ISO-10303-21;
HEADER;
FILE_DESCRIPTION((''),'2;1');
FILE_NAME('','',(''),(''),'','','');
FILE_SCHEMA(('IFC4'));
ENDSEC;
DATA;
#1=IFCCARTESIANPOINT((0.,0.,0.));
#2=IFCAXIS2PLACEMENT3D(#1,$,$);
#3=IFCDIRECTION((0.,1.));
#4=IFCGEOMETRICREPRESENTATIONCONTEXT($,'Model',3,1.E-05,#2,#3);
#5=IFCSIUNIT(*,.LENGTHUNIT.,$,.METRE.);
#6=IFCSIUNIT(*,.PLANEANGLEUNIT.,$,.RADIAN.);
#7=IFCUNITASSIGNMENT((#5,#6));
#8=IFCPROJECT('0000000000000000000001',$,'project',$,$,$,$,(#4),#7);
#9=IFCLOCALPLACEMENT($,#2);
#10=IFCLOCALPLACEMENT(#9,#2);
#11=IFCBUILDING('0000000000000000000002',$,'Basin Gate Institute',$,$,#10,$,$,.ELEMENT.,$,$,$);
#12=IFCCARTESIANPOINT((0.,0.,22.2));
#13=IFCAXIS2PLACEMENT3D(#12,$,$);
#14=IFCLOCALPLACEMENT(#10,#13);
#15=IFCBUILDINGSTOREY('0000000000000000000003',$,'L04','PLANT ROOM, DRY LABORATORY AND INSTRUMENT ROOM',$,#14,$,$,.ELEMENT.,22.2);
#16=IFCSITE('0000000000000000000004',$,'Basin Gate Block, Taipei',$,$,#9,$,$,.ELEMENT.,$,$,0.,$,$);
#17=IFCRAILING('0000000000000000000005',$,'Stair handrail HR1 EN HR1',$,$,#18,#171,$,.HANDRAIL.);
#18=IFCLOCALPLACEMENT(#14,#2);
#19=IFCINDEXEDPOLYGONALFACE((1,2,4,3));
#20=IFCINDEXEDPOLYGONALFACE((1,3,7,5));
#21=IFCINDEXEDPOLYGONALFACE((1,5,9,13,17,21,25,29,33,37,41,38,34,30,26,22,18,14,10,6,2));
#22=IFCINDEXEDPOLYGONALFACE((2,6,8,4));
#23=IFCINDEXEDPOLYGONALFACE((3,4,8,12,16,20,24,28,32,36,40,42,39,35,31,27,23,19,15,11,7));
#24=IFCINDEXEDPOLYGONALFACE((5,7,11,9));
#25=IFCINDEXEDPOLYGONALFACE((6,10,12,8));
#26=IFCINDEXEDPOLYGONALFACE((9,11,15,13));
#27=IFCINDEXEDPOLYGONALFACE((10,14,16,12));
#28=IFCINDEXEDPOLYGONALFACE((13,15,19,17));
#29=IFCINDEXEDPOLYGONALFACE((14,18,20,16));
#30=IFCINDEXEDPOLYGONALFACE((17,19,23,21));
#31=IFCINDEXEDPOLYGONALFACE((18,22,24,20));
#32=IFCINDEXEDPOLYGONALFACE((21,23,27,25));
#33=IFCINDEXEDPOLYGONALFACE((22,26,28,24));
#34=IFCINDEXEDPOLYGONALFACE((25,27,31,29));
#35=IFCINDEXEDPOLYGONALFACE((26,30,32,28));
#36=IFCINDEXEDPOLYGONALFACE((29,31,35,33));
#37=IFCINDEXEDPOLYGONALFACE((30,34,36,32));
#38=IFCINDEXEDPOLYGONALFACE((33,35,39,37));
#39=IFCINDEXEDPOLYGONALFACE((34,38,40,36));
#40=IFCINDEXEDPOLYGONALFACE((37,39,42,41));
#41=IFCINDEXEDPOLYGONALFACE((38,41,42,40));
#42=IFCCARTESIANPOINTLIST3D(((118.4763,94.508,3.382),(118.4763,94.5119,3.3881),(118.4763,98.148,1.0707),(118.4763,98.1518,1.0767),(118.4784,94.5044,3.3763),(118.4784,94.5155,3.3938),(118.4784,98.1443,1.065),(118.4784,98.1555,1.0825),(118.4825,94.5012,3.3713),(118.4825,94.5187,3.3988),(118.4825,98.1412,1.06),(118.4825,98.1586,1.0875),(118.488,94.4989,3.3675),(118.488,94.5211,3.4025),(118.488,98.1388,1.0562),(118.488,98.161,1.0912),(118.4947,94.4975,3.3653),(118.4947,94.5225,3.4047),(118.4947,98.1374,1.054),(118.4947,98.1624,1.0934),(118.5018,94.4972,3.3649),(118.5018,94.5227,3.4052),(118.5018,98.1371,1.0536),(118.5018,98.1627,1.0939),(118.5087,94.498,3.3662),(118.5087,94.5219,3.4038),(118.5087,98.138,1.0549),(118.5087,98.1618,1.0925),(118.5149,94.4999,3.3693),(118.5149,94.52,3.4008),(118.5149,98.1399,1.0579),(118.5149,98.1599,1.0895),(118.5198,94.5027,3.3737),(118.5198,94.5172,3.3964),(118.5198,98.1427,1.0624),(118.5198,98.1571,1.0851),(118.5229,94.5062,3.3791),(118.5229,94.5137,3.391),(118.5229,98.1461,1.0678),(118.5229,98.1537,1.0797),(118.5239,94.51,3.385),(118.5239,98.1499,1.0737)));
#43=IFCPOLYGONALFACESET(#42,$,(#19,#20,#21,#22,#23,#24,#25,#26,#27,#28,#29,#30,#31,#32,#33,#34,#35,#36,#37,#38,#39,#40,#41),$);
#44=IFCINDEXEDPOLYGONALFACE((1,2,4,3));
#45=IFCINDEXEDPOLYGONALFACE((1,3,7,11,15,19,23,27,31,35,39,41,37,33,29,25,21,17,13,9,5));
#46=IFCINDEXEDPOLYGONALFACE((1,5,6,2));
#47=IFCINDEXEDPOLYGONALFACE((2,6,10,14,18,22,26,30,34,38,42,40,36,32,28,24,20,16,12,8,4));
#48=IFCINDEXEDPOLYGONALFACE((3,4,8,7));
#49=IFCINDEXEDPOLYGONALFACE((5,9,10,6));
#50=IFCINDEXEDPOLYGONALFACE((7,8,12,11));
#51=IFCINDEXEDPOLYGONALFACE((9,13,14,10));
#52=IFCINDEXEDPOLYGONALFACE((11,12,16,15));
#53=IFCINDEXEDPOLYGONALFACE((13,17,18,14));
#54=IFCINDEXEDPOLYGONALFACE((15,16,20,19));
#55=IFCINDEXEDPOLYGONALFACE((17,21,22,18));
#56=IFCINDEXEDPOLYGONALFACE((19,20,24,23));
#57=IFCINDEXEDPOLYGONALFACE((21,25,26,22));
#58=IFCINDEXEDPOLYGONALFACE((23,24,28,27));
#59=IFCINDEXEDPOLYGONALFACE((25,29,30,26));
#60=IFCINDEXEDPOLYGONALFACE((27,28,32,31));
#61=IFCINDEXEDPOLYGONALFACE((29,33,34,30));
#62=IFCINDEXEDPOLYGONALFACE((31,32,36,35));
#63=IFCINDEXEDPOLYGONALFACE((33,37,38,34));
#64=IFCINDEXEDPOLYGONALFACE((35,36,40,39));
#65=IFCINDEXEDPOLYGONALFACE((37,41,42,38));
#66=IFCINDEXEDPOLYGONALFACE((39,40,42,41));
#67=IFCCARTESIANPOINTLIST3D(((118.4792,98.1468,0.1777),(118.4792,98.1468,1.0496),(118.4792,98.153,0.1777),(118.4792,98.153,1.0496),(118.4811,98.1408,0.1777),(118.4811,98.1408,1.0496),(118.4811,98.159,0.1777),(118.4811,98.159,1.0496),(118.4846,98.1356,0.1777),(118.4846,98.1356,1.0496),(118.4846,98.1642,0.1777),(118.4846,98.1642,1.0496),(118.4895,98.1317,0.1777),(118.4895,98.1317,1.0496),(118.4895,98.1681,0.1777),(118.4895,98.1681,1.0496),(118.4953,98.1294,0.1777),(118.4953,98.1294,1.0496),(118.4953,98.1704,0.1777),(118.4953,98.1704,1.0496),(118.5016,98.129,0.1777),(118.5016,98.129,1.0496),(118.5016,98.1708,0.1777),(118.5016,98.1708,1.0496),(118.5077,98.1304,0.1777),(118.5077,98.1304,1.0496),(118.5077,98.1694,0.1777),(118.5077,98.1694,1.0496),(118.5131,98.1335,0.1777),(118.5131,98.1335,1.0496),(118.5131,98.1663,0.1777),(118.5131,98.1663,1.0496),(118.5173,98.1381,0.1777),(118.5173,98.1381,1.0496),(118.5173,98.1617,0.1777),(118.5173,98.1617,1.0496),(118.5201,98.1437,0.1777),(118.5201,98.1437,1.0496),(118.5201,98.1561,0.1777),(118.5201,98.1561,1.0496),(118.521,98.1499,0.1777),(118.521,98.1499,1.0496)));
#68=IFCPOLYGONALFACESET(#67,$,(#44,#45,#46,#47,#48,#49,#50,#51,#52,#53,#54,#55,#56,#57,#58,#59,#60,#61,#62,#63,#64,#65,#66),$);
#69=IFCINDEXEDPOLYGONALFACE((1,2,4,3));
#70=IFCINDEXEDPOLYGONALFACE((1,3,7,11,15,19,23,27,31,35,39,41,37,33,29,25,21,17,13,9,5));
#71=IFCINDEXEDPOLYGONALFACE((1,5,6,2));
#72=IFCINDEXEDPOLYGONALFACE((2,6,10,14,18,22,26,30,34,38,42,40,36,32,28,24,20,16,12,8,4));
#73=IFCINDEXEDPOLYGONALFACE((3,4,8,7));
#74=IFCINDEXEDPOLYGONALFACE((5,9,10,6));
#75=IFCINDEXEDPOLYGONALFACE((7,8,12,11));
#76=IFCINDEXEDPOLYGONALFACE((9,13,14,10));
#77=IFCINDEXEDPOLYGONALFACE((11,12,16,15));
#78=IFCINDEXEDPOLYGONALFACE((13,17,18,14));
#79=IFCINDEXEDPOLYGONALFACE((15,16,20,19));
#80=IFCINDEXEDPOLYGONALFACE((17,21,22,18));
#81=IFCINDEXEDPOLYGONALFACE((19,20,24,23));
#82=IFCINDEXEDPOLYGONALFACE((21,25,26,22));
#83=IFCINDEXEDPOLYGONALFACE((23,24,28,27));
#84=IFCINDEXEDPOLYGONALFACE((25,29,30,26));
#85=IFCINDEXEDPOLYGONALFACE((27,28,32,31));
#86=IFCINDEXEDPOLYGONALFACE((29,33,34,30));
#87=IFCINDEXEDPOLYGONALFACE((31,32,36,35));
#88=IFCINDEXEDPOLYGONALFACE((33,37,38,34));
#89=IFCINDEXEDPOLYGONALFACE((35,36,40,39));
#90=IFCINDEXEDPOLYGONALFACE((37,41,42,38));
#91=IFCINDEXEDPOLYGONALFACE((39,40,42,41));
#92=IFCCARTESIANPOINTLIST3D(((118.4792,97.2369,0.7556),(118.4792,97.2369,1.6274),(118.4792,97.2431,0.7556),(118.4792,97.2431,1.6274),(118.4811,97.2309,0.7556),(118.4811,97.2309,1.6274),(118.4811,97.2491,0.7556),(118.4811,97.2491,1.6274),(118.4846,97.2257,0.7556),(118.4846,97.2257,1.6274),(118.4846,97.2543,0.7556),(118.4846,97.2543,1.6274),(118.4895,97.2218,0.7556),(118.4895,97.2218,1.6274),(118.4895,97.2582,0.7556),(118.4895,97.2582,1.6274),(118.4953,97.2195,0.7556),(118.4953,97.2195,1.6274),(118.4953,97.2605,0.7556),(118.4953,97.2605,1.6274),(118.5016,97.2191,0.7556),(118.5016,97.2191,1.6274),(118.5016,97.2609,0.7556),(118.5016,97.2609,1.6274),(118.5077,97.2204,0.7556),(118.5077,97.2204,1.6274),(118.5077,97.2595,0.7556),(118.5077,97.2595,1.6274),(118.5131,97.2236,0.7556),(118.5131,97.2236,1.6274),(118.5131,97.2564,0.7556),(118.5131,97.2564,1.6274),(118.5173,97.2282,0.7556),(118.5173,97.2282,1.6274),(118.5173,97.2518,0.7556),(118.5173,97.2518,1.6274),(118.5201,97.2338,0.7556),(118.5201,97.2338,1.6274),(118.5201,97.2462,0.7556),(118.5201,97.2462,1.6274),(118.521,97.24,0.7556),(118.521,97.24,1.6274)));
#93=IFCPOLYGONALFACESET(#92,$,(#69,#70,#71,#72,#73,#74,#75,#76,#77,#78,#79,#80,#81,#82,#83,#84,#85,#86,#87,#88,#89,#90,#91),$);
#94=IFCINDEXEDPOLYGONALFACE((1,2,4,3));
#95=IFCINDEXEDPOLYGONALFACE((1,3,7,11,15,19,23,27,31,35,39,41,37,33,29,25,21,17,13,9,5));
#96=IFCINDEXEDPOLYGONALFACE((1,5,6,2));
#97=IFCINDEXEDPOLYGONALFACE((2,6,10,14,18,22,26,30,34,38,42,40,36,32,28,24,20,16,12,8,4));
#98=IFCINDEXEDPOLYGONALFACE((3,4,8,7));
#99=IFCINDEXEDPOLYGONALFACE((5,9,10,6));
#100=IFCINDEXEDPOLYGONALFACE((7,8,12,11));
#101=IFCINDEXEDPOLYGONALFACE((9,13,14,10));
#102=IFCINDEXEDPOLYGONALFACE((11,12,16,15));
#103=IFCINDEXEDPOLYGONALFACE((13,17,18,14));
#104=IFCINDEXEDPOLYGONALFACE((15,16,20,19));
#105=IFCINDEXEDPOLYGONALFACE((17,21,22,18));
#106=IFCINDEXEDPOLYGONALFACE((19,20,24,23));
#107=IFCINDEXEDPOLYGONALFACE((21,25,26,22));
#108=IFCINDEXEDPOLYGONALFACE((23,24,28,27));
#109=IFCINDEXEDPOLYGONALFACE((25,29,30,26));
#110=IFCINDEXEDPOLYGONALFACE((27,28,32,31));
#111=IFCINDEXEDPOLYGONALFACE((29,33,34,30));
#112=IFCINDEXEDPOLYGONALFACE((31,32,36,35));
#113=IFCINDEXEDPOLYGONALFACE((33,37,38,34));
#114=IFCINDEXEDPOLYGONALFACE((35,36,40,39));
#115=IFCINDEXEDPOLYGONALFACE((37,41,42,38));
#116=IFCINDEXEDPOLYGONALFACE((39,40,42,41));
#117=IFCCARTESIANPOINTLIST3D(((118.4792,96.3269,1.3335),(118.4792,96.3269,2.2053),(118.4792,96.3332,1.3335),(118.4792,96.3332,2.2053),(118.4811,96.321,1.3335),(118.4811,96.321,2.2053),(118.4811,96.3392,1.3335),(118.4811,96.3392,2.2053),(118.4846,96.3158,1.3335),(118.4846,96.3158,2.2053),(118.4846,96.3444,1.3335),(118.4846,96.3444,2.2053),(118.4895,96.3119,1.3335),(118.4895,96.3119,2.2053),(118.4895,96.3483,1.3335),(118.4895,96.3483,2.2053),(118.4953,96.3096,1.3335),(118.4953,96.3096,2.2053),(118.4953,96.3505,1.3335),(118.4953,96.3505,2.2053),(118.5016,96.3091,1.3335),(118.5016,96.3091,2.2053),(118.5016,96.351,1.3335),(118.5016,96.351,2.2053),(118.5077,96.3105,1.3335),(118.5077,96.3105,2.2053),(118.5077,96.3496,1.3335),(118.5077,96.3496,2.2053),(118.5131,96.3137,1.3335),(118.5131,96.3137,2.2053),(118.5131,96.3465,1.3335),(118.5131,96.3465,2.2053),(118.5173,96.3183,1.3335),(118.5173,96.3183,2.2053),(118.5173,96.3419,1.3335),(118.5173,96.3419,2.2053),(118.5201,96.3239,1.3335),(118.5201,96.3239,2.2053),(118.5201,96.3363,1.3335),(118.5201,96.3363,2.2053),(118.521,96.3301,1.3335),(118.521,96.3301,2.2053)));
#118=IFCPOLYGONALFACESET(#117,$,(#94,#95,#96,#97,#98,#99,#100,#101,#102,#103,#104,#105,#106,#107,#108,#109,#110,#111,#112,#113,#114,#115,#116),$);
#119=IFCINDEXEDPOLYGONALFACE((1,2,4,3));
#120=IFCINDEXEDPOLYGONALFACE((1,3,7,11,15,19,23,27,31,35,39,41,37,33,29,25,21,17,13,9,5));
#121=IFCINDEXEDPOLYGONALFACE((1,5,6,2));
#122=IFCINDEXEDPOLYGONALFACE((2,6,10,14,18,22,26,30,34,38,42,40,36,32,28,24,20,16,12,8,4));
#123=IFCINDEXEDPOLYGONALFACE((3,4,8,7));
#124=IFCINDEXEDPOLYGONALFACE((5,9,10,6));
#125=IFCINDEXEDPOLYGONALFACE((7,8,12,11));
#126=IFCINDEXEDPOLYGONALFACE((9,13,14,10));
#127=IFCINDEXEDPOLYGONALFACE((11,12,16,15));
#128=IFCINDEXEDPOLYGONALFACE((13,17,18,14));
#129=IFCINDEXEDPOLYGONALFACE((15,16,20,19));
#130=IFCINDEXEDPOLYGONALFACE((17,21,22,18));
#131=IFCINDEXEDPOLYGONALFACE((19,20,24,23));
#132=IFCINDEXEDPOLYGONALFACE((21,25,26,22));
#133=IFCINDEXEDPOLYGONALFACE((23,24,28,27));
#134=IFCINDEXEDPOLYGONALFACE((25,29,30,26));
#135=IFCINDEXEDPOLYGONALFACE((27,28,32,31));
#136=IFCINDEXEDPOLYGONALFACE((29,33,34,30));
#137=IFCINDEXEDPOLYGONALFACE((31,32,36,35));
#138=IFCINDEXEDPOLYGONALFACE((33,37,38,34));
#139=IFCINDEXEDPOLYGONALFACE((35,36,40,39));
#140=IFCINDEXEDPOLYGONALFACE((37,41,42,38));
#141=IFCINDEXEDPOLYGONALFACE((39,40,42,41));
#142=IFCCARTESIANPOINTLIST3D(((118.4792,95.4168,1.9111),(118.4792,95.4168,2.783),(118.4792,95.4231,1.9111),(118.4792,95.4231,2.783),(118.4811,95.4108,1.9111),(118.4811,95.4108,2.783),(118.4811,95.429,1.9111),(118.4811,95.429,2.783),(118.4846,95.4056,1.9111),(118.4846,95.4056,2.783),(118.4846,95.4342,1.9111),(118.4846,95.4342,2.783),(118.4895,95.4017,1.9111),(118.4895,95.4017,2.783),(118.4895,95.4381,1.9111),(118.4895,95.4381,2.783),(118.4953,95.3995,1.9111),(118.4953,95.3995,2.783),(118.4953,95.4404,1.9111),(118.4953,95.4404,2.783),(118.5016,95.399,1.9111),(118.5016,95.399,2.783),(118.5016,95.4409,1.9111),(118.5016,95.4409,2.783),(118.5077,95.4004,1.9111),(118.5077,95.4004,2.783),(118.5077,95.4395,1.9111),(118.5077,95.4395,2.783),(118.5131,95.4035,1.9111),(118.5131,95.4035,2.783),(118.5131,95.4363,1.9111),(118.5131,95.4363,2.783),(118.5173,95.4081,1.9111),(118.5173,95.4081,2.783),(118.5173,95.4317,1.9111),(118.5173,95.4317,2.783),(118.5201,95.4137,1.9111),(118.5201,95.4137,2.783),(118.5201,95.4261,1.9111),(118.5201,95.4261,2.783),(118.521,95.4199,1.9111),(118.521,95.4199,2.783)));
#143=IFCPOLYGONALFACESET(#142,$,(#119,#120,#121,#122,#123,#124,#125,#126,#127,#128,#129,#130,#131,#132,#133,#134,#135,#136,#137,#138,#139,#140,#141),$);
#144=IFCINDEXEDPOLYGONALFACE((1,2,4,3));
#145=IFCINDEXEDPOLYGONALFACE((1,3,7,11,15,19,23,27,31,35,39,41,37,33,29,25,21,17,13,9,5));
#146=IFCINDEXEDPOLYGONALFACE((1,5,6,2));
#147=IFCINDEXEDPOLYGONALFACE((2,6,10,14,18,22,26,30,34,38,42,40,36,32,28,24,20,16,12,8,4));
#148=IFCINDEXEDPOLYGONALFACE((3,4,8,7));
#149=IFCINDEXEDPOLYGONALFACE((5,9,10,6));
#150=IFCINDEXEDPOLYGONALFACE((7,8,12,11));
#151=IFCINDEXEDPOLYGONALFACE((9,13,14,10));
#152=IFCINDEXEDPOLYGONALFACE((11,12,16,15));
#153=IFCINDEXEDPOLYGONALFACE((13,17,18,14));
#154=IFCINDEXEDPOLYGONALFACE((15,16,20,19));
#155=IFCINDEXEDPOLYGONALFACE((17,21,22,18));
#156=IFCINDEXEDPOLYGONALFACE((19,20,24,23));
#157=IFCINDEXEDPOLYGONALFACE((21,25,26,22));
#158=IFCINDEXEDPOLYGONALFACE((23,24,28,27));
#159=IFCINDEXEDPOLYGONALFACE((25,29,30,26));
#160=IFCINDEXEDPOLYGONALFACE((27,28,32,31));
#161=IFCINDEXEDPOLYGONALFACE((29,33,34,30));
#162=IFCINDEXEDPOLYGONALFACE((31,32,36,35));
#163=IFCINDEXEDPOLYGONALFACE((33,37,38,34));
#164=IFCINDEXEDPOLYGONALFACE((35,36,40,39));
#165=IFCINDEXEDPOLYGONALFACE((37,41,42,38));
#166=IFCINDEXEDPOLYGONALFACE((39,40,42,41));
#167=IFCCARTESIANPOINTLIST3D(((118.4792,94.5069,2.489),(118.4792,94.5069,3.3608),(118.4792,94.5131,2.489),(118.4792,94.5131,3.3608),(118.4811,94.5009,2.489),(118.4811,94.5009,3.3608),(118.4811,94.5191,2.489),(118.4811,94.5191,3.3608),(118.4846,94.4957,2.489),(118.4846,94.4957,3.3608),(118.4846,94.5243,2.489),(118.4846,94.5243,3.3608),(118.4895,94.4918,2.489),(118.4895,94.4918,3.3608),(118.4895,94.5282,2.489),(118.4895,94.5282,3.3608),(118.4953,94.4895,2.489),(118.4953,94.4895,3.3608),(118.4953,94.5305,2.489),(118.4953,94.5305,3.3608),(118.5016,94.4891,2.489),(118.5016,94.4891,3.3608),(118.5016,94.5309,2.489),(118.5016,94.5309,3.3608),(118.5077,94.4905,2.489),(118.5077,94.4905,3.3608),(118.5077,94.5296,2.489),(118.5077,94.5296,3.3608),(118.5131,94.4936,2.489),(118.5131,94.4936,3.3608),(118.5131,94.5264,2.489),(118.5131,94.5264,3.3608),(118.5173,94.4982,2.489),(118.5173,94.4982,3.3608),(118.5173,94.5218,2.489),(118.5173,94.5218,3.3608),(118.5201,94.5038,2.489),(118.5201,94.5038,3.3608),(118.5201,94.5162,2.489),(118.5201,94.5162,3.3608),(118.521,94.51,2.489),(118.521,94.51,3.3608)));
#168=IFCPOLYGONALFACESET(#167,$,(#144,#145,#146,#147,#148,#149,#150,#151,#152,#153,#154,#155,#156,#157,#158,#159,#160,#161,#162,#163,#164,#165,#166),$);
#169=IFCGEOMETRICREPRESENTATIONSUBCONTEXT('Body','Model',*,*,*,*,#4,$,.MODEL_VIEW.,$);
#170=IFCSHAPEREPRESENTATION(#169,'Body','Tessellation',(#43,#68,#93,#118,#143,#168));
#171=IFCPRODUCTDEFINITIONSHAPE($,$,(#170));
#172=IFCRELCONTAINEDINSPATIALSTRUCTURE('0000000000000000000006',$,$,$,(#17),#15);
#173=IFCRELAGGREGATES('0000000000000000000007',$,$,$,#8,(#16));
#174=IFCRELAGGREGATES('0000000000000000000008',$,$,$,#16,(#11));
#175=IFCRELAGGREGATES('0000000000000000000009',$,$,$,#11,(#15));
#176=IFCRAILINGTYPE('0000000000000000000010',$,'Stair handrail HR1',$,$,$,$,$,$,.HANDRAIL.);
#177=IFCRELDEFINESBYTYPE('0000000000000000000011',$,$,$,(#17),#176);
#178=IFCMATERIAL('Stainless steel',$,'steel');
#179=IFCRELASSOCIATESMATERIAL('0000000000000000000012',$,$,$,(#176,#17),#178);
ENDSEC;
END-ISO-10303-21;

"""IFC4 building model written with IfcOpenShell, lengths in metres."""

from ifc_helpers import new_model, si_unit, direction, frame, origin, origin_2d, place, context, subcontext, project, spatial, circle, extrude, material, type_object, element, save


model = new_model("IFC4")

# Units and contexts
model_context = context("Model", 3, precision=1e-05, world=origin(), true_north=direction((0.0, 1.0)))
body_context = subcontext(model_context, "Body", "Model", "MODEL_VIEW")
ifc_project = project(units=[si_unit("LENGTHUNIT", "METRE"), si_unit("PLANEANGLEUNIT", "RADIAN")], contexts=[model_context])

# Site, building, storey
site_placement = place(None, origin())
site = spatial("IfcSite", under=ifc_project, at=site_placement, Name="Basin Gate Block, Taipei", CompositionType="ELEMENT", RefElevation=0.0)
building_placement = place(site_placement, origin())
building = spatial("IfcBuilding", under=site, at=building_placement, Name="Basin Gate Institute", CompositionType="ELEMENT")
storey_placement = place(building_placement, frame((0.0, 0.0, 22.2)))
storey = spatial("IfcBuildingStorey", under=building, at=storey_placement, Name="L04", Description="PLANT ROOM, DRY LABORATORY AND INSTRUMENT ROOM", CompositionType="ELEMENT", Elevation=22.2)

# Railing
ifc_material_1 = material(Name="Stainless steel", Category="steel")
railing_type_1 = type_object("IfcRailingType", Name="Stair handrail HR1", PredefinedType="HANDRAIL", material=ifc_material_1)
for number, where, name in (
    (1, (118.5, 98.1499, 0.1777), "Stair handrail HR1 EN HR1"),
):
    element("IfcRailing", number, at=place(storey_placement, frame(where)), inside=storey, type_object=railing_type_1, material=ifc_material_1, Name=name, PredefinedType="HANDRAIL", context=body_context, shape_type="SweptSolid", body=[
        extrude(circle(Radius=0.0239, at=origin_2d()), frame((0.0, 0.0, 0.896), z_axis=(0.0, -0.844188, 0.536047), x_axis=(1.0, 0.0, 0.0)), (0.0, 0.0, 1.0), 4.3118),
        extrude(circle(Radius=0.021, at=origin_2d()), origin(), (0.0, 0.0, 1.0), 0.8718),
        extrude(circle(Radius=0.021, at=origin_2d()), frame((0.0, -0.9099, 0.5779)), (0.0, 0.0, 1.0), 0.8718),
        extrude(circle(Radius=0.021, at=origin_2d()), frame((0.0, -1.8198, 1.1558)), (0.0, 0.0, 1.0), 0.8718),
        extrude(circle(Radius=0.021, at=origin_2d()), frame((0.0, -2.73, 1.7334)), (0.0, 0.0, 1.0), 0.8718),
        extrude(circle(Radius=0.021, at=origin_2d()), frame((0.0, -3.6399, 2.3113)), (0.0, 0.0, 1.0), 0.8718),
    ])

save(model, "model.ifc")
